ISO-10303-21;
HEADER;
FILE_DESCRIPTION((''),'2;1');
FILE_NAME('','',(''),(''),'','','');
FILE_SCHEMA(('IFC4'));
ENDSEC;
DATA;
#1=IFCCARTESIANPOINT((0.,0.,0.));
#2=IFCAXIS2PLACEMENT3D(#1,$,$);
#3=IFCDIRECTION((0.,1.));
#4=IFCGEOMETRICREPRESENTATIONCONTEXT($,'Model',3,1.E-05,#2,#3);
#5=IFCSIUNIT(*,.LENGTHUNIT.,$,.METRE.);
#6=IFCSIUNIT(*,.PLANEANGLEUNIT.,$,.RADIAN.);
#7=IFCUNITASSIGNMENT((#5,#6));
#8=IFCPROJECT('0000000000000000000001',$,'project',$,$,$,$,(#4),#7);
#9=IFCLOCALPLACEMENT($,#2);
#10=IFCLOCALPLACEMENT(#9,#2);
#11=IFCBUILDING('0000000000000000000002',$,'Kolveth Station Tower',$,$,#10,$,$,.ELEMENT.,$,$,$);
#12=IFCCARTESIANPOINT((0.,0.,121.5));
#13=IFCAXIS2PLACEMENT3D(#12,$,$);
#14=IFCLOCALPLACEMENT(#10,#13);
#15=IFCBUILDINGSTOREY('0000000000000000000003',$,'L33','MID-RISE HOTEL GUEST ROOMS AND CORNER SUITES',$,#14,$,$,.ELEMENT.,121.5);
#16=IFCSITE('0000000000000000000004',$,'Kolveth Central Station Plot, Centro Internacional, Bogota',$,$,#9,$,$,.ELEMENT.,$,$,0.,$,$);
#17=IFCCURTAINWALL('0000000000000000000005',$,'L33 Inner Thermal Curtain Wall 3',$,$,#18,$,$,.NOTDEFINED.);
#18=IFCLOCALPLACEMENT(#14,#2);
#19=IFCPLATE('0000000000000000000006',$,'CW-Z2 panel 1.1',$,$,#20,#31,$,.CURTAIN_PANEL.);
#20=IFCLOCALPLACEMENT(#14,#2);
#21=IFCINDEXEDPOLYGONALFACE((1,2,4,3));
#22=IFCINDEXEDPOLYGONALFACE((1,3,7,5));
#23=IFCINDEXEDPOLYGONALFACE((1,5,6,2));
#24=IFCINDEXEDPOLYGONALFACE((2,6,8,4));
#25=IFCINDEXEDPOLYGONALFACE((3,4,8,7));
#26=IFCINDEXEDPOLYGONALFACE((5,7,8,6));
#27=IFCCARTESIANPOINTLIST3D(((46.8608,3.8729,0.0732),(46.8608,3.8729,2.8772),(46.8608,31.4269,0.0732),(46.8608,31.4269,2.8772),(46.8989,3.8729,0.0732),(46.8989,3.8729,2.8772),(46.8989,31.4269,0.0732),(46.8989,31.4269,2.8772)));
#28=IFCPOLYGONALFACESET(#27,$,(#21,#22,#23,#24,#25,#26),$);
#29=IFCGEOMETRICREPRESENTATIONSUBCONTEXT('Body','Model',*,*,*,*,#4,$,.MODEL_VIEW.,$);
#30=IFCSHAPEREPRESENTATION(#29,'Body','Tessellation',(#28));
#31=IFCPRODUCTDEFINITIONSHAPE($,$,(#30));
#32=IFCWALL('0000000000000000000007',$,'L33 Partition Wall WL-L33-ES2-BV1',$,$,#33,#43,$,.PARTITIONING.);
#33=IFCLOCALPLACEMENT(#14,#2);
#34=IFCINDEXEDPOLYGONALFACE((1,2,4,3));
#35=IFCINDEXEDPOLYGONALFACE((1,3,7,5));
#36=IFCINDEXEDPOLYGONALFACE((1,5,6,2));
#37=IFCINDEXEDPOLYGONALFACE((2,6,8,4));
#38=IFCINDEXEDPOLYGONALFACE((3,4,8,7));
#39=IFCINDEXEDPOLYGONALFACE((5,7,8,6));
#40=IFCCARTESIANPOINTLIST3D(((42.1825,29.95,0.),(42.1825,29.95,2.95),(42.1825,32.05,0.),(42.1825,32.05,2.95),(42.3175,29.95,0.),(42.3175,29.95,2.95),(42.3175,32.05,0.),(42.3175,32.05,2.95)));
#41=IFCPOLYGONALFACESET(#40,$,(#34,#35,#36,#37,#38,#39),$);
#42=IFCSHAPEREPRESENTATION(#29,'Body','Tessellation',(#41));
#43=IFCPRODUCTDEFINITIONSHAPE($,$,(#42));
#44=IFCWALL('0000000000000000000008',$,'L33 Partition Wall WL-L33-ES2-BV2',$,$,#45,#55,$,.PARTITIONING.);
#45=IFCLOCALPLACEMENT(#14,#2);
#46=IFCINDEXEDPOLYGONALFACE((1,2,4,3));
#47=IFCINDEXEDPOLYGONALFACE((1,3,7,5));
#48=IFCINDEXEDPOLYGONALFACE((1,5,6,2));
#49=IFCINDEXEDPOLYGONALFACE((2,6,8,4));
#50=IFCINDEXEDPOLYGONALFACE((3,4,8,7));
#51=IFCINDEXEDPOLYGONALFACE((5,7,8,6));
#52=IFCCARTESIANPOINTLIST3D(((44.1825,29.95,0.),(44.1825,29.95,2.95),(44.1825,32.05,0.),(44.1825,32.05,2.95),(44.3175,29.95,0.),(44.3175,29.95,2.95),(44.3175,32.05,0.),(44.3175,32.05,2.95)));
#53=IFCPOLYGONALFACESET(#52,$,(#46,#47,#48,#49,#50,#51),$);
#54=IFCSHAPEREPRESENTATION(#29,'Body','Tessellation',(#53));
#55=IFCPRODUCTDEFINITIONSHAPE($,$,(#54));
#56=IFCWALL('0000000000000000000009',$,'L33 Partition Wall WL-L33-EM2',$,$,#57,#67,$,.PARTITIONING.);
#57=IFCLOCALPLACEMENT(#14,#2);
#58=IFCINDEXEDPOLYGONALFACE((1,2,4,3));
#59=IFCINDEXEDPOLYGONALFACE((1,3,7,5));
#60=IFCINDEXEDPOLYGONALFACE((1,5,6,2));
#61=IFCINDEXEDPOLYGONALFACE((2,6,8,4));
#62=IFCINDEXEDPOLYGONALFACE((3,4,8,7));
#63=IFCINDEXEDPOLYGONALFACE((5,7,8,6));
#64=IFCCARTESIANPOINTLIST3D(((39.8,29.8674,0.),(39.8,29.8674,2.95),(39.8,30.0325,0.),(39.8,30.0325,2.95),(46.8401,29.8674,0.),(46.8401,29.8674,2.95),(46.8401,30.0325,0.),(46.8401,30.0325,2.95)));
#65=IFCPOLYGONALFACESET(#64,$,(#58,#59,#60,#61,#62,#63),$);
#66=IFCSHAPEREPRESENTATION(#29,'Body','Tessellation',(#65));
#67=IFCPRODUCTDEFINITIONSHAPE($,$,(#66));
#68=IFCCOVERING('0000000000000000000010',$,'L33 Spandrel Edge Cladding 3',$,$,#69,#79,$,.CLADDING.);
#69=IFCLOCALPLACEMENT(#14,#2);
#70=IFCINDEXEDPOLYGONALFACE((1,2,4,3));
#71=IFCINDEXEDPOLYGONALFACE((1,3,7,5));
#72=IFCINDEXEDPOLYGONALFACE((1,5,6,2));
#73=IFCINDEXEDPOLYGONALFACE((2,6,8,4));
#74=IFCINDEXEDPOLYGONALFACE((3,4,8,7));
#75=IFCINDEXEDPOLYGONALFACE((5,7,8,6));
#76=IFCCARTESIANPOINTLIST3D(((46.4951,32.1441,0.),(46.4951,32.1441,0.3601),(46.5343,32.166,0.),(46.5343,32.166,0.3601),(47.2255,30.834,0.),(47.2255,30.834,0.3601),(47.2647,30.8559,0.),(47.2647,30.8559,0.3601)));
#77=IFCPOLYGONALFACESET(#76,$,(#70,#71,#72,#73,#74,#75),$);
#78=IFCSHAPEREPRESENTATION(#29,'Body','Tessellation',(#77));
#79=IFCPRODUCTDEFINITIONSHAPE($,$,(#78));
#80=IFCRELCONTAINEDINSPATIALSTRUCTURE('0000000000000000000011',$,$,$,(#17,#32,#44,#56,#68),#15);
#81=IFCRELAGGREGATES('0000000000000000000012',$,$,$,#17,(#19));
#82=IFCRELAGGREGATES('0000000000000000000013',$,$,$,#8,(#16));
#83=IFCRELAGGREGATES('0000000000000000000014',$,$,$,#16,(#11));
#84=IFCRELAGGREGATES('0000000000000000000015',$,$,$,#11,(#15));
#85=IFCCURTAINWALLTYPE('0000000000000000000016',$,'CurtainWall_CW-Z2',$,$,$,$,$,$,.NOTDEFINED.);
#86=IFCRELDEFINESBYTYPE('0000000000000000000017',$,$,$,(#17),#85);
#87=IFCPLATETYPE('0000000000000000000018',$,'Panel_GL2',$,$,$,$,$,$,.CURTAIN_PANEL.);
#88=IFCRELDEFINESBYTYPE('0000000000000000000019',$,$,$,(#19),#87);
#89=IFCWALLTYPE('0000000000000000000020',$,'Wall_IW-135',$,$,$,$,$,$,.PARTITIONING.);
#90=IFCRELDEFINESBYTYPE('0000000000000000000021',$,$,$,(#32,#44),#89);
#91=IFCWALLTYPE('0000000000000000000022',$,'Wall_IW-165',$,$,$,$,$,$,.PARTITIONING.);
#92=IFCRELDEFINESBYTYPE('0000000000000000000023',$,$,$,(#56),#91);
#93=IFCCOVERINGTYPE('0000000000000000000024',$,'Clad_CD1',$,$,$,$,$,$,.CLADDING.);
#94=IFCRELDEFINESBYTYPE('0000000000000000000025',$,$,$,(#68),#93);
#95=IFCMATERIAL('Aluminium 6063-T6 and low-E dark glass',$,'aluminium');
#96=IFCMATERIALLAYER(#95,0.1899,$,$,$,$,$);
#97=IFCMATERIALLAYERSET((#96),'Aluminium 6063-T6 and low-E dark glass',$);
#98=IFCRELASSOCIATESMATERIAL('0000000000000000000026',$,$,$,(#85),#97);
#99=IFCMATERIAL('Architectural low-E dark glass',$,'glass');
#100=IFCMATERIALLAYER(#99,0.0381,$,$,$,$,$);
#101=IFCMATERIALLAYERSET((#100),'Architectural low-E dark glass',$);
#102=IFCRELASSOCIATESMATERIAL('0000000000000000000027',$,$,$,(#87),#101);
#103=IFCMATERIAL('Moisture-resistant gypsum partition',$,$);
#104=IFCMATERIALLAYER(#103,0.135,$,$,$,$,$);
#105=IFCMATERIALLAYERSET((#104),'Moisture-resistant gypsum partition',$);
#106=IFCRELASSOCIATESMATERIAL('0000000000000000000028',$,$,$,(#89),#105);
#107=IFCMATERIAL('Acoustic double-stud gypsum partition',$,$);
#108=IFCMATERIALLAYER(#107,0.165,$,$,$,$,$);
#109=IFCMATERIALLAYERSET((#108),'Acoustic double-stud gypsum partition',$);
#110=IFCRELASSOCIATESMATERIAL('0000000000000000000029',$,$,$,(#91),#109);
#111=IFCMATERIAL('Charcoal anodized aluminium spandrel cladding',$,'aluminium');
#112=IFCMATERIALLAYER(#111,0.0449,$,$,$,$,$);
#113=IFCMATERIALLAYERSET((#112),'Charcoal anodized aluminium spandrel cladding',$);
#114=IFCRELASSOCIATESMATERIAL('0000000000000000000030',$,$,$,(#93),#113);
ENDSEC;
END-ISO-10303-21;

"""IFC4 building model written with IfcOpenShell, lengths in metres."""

from ifc_helpers import new_model, si_unit, direction, frame, frame_2d, origin, origin_2d, place, context, subcontext, project, spatial, rectangle, extrude, source, transform, mapped, material, layer, layer_set, type_object, element, aggregate, save


model = new_model("IFC4")

# Units and contexts
model_context = context("Model", 3, precision=1e-05, world=origin(), true_north=direction((0.0, 1.0)))
body_context = subcontext(model_context, "Body", "Model", "MODEL_VIEW")
ifc_project = project(units=[si_unit("LENGTHUNIT", "METRE"), si_unit("PLANEANGLEUNIT", "RADIAN")], contexts=[model_context])

# Site, building, storey
site_placement = place(None, origin())
site = spatial("IfcSite", under=ifc_project, at=site_placement, Name="Kolveth Central Station Plot, Centro Internacional, Bogota", CompositionType="ELEMENT", RefElevation=0.0)
building_placement = place(site_placement, origin())
building = spatial("IfcBuilding", under=site, at=building_placement, Name="Kolveth Station Tower", CompositionType="ELEMENT")
storey_placement = place(building_placement, frame((0.0, 0.0, 121.5)))
storey = spatial("IfcBuildingStorey", under=building, at=storey_placement, Name="L33", Description="MID-RISE HOTEL GUEST ROOMS AND CORNER SUITES", CompositionType="ELEMENT", Elevation=121.5)

# Curtain wall
ifc_material_1 = material(Name="Aluminium 6063-T6 and low-E dark glass", Category="aluminium")
ifc_layer_1 = layer(ifc_material_1, 0.1899)
ifc_layer_set_1 = layer_set([ifc_layer_1], Name="Aluminium 6063-T6 and low-E dark glass")
curtain_wall_type = type_object("IfcCurtainWallType", Name="CurtainWall_CW-Z2", PredefinedType="NOTDEFINED", material=ifc_layer_set_1)
curtain_wall_1_placement = place(storey_placement, origin())
curtain_wall_1 = element("IfcCurtainWall", 1, at=curtain_wall_1_placement, inside=storey, type_object=curtain_wall_type, Name="L33 Inner Thermal Curtain Wall 3", PredefinedType="NOTDEFINED")

# Plate
ifc_material_2 = material(Name="Architectural low-E dark glass", Category="glass")
ifc_layer_2 = layer(ifc_material_2, 0.0381)
ifc_layer_set_2 = layer_set([ifc_layer_2], Name="Architectural low-E dark glass")
plate_type = type_object("IfcPlateType", Name="Panel_GL2", PredefinedType="CURTAIN_PANEL", material=ifc_layer_set_2)
shared_shape_1 = source(origin(), body_context, "Body", "SweptSolid", [
    extrude(rectangle(XDim=27.554, YDim=0.0381, at=origin_2d()), origin(), (0.0, 0.0, 1.0), 2.804),
])
plate_placement = place(storey_placement, frame((46.8799, 17.6499, 0.0732), z_axis=(0.0, 0.0, 1.0), x_axis=(0.0, 1.0, 0.0)))
plate = element("IfcPlate", 2, at=plate_placement, type_object=plate_type, Name="CW-Z2 panel 1.1", PredefinedType="CURTAIN_PANEL", context=body_context, shape_type="MappedRepresentation", body=[
    mapped(shared_shape_1, transform((0.0, 0.0, 0.0), x_axis=(1.0, 0.0, 0.0), y_axis=(0.0, 1.0, 0.0), z_axis=(0.0, 0.0, 1.0), scale=1.0)),
])
aggregate(curtain_wall_1, [plate])

# Walls
ifc_material_3 = material(Name="Moisture-resistant gypsum partition")
ifc_layer_3 = layer(ifc_material_3, 0.135)
ifc_layer_set_3 = layer_set([ifc_layer_3], Name="Moisture-resistant gypsum partition")
wall_type_1 = type_object("IfcWallType", Name="Wall_IW-135", PredefinedType="PARTITIONING", material=ifc_layer_set_3)
for number, where, z_axis, x_axis, name in (
    (3, (42.25, 29.95, 0.0), (0.0, 0.0, 1.0), (0.0, 1.0, 0.0), "L33 Partition Wall WL-L33-ES2-BV1"),
    (4, (44.25, 29.95, 0.0), (0.0, 0.0, 1.0), (0.0, 1.0, 0.0), "L33 Partition Wall WL-L33-ES2-BV2"),
):
    element("IfcWall", number, at=place(storey_placement, frame(where, z_axis=z_axis, x_axis=x_axis)), inside=storey, type_object=wall_type_1, Name=name, PredefinedType="PARTITIONING", context=body_context, shape_type="SweptSolid", body=[
        extrude(rectangle(XDim=2.1001, YDim=0.135, at=frame_2d((1.05, 0.0))), origin(), (0.0, 0.0, 1.0), 2.95),
    ])

# Shared definitions
ifc_material_4 = material(Name="Acoustic double-stud gypsum partition")
ifc_layer_4 = layer(ifc_material_4, 0.165)
ifc_layer_set_4 = layer_set([ifc_layer_4], Name="Acoustic double-stud gypsum partition")
wall_type_2 = type_object("IfcWallType", Name="Wall_IW-165", PredefinedType="PARTITIONING", material=ifc_layer_set_4)

# Wall
wall_1_placement = place(storey_placement, frame((39.8, 29.95, 0.0), z_axis=(0.0, 0.0, 1.0), x_axis=(1.0, 0.0, 0.0)))
element("IfcWall", 5, at=wall_1_placement, inside=storey, type_object=wall_type_2, Name="L33 Partition Wall WL-L33-EM2", PredefinedType="PARTITIONING", context=body_context, shape_type="SweptSolid", body=[
    extrude(rectangle(XDim=7.04, YDim=0.165, at=frame_2d((3.52, 0.0))), origin(), (0.0, 0.0, 1.0), 2.95),
])

# Covering
ifc_material_5 = material(Name="Charcoal anodized aluminium spandrel cladding", Category="aluminium")
ifc_layer_5 = layer(ifc_material_5, 0.0449)
ifc_layer_set_5 = layer_set([ifc_layer_5], Name="Charcoal anodized aluminium spandrel cladding")
covering_type = type_object("IfcCoveringType", Name="Clad_CD1", PredefinedType="CLADDING", material=ifc_layer_set_5)
shared_shape_2 = source(origin(), body_context, "Body", "SweptSolid", [
    extrude(rectangle(XDim=1.5, YDim=0.0449, at=origin_2d()), origin(), (0.0, 0.0, 1.0), 0.3601),
])
covering_placement = place(storey_placement, frame((46.8799, 31.5, 0.0), z_axis=(0.0, 0.0, 1.0), x_axis=(-0.486945, 0.873432, 0.0)))
element("IfcCovering", 6, at=covering_placement, inside=storey, type_object=covering_type, Name="L33 Spandrel Edge Cladding 3", PredefinedType="CLADDING", context=body_context, shape_type="MappedRepresentation", body=[
    mapped(shared_shape_2, transform((0.0, 0.0, 0.0), x_axis=(1.0, 0.0, 0.0), y_axis=(0.0, 1.0, 0.0), z_axis=(0.0, 0.0, 1.0), scale=1.0)),
])

save(model, "model.ifc")
